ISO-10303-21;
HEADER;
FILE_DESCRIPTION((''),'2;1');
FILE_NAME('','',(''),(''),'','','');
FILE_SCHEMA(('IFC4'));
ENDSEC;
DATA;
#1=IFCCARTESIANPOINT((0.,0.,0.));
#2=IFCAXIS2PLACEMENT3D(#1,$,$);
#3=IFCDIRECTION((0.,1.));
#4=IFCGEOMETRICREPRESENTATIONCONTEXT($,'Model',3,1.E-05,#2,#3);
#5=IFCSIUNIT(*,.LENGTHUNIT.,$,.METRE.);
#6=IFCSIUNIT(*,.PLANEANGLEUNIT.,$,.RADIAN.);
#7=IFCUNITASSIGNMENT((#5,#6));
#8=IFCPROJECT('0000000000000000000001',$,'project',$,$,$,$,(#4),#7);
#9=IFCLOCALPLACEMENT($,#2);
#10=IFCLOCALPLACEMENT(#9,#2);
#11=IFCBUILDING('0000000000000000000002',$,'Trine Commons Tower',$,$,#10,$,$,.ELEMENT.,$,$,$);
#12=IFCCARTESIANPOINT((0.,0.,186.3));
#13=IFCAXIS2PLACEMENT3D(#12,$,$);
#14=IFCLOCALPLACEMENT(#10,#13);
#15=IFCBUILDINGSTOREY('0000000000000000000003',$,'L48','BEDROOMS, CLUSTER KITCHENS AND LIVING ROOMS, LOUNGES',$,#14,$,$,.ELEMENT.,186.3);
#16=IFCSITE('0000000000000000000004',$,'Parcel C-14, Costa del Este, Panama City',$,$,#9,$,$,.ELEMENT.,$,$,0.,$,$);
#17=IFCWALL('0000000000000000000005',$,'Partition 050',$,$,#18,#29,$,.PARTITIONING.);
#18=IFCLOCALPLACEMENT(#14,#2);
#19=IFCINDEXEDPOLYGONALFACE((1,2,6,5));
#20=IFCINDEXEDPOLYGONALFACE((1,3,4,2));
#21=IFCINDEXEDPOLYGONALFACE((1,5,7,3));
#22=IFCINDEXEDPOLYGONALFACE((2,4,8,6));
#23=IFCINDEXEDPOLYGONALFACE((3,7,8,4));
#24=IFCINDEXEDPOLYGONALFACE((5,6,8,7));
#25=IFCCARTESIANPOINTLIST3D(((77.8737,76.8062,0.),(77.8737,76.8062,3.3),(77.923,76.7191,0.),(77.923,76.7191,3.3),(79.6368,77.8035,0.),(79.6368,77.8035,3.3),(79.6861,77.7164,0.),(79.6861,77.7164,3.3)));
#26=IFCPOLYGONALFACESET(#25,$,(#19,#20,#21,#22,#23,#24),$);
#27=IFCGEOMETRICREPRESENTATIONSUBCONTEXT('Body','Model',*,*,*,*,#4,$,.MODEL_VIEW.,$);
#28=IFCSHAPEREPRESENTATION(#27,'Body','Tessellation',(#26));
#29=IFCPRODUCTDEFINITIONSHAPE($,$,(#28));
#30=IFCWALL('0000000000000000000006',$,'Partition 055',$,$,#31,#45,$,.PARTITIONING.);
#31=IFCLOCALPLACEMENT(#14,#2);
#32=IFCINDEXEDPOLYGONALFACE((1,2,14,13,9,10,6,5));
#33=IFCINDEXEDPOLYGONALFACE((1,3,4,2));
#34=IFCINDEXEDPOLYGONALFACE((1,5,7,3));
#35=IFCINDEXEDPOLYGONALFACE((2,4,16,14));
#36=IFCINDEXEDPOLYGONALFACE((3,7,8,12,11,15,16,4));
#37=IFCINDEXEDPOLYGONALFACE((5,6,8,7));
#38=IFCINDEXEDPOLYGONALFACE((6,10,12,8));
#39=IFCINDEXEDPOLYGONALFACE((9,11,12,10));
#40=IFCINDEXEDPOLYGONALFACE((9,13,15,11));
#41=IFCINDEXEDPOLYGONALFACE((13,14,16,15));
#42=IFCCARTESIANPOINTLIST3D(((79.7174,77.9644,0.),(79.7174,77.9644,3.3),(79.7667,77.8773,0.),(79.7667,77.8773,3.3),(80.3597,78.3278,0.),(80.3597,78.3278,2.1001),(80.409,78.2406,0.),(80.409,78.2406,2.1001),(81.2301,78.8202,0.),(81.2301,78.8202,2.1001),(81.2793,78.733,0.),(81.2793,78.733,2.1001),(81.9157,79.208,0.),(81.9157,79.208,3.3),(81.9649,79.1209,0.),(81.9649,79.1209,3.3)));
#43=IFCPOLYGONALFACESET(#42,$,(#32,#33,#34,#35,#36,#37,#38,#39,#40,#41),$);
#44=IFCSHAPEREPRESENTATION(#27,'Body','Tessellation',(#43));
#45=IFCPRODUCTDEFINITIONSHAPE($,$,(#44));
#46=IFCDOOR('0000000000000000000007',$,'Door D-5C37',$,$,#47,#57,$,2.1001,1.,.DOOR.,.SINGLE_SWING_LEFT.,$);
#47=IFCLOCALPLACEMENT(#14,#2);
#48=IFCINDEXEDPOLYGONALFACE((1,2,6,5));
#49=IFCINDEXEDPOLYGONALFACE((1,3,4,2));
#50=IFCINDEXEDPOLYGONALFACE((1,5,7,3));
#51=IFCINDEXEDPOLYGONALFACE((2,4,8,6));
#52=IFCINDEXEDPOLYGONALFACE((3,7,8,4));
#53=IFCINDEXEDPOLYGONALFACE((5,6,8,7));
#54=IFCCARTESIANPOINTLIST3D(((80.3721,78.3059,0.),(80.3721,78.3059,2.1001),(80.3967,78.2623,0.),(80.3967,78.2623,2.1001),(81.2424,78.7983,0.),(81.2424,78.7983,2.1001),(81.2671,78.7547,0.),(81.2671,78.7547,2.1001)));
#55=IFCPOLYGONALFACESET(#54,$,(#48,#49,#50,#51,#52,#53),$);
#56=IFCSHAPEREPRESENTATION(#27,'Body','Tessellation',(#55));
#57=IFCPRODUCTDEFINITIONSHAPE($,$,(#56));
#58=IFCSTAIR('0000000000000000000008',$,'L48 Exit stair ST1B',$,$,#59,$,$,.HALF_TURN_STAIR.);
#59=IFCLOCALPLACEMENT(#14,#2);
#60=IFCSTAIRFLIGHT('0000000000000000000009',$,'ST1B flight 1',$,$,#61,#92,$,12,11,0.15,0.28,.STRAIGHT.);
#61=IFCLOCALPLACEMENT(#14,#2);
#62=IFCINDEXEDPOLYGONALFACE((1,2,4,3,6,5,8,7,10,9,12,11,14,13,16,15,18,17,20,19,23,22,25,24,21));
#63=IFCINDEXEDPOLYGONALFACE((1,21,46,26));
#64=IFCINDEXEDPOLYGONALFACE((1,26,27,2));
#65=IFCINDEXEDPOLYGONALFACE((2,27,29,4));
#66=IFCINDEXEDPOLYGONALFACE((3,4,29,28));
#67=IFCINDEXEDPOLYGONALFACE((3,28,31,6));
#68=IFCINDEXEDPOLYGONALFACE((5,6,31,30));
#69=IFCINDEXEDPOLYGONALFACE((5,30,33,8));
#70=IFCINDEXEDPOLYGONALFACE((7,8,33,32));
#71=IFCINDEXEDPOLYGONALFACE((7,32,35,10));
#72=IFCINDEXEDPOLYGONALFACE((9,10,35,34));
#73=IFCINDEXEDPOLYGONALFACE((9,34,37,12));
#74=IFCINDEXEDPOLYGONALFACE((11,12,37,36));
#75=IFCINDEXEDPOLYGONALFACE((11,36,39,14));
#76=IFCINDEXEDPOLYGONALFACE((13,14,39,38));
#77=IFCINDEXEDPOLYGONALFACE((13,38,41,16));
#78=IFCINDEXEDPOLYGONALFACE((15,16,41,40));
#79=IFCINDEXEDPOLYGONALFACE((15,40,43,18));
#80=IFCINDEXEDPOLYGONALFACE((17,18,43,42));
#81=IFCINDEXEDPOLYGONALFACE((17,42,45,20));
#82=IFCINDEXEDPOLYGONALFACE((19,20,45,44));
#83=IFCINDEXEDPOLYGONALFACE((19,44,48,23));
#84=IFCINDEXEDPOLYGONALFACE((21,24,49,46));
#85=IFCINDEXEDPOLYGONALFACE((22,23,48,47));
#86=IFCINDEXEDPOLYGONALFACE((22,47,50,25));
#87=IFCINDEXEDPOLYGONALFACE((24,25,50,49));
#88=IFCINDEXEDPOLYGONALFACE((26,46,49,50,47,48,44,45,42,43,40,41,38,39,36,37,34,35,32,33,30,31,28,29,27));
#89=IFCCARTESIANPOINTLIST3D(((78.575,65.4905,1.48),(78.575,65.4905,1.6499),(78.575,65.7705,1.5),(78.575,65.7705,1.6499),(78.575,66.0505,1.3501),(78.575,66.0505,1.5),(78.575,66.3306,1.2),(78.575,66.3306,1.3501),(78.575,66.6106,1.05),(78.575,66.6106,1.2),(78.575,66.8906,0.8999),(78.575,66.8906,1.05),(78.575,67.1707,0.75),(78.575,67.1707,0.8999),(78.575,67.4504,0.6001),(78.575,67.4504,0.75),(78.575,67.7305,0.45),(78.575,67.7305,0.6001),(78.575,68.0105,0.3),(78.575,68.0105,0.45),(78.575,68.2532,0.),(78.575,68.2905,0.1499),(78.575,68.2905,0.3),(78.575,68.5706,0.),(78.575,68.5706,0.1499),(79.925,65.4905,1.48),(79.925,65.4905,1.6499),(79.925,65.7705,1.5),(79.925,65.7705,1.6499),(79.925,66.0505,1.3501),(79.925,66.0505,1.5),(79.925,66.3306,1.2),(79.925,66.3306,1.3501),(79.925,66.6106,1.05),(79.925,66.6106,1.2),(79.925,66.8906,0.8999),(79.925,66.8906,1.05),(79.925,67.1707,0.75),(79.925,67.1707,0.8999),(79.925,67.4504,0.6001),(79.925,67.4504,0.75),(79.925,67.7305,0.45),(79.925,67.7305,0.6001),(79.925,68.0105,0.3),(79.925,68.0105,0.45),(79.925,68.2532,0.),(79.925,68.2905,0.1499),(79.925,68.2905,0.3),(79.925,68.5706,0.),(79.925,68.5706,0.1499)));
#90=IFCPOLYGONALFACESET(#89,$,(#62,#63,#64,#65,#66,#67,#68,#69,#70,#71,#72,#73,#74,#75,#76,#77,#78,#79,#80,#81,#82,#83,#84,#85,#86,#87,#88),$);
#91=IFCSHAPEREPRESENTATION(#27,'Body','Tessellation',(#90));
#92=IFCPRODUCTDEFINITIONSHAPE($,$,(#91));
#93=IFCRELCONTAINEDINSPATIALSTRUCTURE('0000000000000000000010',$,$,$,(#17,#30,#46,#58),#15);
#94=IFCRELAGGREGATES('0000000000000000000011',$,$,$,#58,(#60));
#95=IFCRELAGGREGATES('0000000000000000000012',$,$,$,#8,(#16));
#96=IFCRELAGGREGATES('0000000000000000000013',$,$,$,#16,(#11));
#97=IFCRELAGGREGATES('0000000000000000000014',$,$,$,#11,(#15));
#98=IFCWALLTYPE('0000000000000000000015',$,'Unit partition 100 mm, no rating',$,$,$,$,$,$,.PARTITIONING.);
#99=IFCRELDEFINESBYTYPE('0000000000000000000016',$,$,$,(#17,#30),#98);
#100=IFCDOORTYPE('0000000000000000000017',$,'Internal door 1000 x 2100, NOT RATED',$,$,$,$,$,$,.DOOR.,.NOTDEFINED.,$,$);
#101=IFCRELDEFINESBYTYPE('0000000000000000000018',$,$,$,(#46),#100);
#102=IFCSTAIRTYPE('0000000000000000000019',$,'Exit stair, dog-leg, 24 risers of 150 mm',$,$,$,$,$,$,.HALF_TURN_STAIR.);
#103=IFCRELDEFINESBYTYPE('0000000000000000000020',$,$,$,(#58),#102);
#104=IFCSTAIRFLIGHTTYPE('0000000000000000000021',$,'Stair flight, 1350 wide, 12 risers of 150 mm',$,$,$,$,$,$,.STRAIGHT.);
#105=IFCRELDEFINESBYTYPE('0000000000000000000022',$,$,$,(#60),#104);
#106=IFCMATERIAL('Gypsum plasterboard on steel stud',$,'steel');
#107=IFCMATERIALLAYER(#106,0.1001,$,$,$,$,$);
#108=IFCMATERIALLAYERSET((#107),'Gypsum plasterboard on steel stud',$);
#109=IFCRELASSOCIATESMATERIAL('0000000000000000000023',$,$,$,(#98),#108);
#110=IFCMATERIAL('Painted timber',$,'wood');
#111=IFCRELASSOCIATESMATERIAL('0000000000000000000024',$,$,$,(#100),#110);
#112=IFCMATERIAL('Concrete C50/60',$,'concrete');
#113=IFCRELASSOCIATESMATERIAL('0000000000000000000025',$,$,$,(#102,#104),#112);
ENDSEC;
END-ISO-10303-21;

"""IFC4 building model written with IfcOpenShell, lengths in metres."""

from ifc_helpers import new_model, si_unit, direction, frame, frame_2d, origin, place, context, subcontext, project, spatial, polyline, rectangle, outline, extrude, material, layer, layer_set, type_object, element, fill, aggregate, save


model = new_model("IFC4")

# Units and contexts
model_context = context("Model", 3, precision=1e-05, world=origin(), true_north=direction((0.0, 1.0)))
body_context = subcontext(model_context, "Body", "Model", "MODEL_VIEW")
ifc_project = project(units=[si_unit("LENGTHUNIT", "METRE"), si_unit("PLANEANGLEUNIT", "RADIAN")], contexts=[model_context])

# Site, building, storey
site_placement = place(None, origin())
site = spatial("IfcSite", under=ifc_project, at=site_placement, Name="Parcel C-14, Costa del Este, Panama City", CompositionType="ELEMENT", RefElevation=0.0)
building_placement = place(site_placement, origin())
building = spatial("IfcBuilding", under=site, at=building_placement, Name="Trine Commons Tower", CompositionType="ELEMENT")
storey_placement = place(building_placement, frame((0.0, 0.0, 186.3)))
storey = spatial("IfcBuildingStorey", under=building, at=storey_placement, Name="L48", Description="BEDROOMS, CLUSTER KITCHENS AND LIVING ROOMS, LOUNGES", CompositionType="ELEMENT", Elevation=186.3)

# Shared definitions
ifc_material_1 = material(Name="Gypsum plasterboard on steel stud", Category="steel")

# Shared definitions
ifc_layer_1 = layer(ifc_material_1, 0.1001)
ifc_layer_set_1 = layer_set([ifc_layer_1], Name="Gypsum plasterboard on steel stud")
wall_type_1 = type_object("IfcWallType", Name="Unit partition 100 mm, no rating", PredefinedType="PARTITIONING", material=ifc_layer_set_1)
ifc_material_2 = material(Name="Painted timber", Category="wood")

# Wall
wall_1_placement = place(storey_placement, frame((77.8984, 76.7627, 0.0), z_axis=(0.0, 0.0, 1.0), x_axis=(0.870408, 0.492331, 0.0)))
element("IfcWall", 1, at=wall_1_placement, inside=storey, type_object=wall_type_1, Name="Partition 050", PredefinedType="PARTITIONING", context=body_context, shape_type="SweptSolid", body=[
    extrude(rectangle(XDim=2.0256, YDim=0.1001, at=frame_2d((1.0127, 0.0))), origin(), (0.0, 0.0, 1.0), 3.3),
])

# Wall, opening, door
wall_2_placement = place(storey_placement, frame((79.7422, 77.9209, 0.0), z_axis=(0.0, 0.0, 1.0), x_axis=(0.870365, 0.492408, 0.0)))
wall_2 = element("IfcWall", 2, at=wall_2_placement, inside=storey, type_object=wall_type_1, Name="Partition 055", PredefinedType="PARTITIONING", context=body_context, shape_type="SweptSolid", body=[
    extrude(rectangle(XDim=2.5256, YDim=0.1001, at=frame_2d((1.2627, 0.0))), origin(), (0.0, 0.0, 1.0), 3.3),
])
opening_1_placement = place(wall_2_placement, frame((0.7378, 0.0, 0.0)))
opening_1 = element("IfcOpeningElement", 3, at=opening_1_placement, cuts=wall_2, PredefinedType="OPENING", context=body_context, shape_type="SweptSolid", body=[
    extrude(rectangle(XDim=1.0, YDim=2.1001, at=frame_2d((0.5, 1.05))), frame((0.0, 0.0601, 0.0), z_axis=(0.0, -1.0, 0.0), x_axis=(1.0, 0.0, 0.0)), (0.0, 0.0, 1.0), 0.1201),
])
door_type_1 = type_object("IfcDoorType", Name="Internal door 1000 x 2100, NOT RATED", OperationType="NOTDEFINED", PredefinedType="DOOR", material=ifc_material_2)
door_1_placement = place(opening_1_placement, origin())
door_1 = element("IfcDoor", 4, at=door_1_placement, inside=storey, type_object=door_type_1, Name="Door D-5C37", OperationType="SINGLE_SWING_LEFT", OverallHeight=2.1001, OverallWidth=1.0, PredefinedType="DOOR", context=body_context, shape_type="SweptSolid", body=[
    extrude(rectangle(XDim=1.0, YDim=2.1001, at=frame_2d((0.5, 1.05))), frame((0.0, 0.0249, 0.0), z_axis=(0.0, -1.0, 0.0), x_axis=(1.0, 0.0, 0.0)), (0.0, 0.0, 1.0), 0.05),
])
fill(opening_1, door_1)

# Stair, stair flight
ifc_material_3 = material(Name="Concrete C50/60", Category="concrete")
stair_type = type_object("IfcStairType", Name="Exit stair, dog-leg, 24 risers of 150 mm", PredefinedType="HALF_TURN_STAIR", material=ifc_material_3)
stair_placement = place(storey_placement, origin())
stair = element("IfcStair", 5, at=stair_placement, inside=storey, type_object=stair_type, Name="L48 Exit stair ST1B", PredefinedType="HALF_TURN_STAIR")
stair_flight_type = type_object("IfcStairFlightType", Name="Stair flight, 1350 wide, 12 risers of 150 mm", PredefinedType="STRAIGHT", material=ifc_material_3)
stair_flight_placement = place(storey_placement, frame((79.25, 68.5706, 0.0), z_axis=(0.0, 0.0, 1.0), x_axis=(0.0, -1.0, 0.0)))
stair_flight = element("IfcStairFlight", 6, at=stair_flight_placement, type_object=stair_flight_type, Name="ST1B flight 1", NumberOfRisers=12, NumberOfTreads=11, PredefinedType="STRAIGHT", RiserHeight=0.15, TreadLength=0.28, context=body_context, shape_type="SweptSolid", body=[
    extrude(outline(polyline([(0.0, 0.0), (0.0, 0.1499), (0.28, 0.1499), (0.28, 0.3), (0.5601, 0.3), (0.5601, 0.45), (0.8401, 0.45), (0.8401, 0.6001), (1.1201, 0.6001), (1.1201, 0.75), (1.3999, 0.75), (1.3999, 0.8999), (1.6799, 0.8999), (1.6799, 1.05), (1.96, 1.05), (1.96, 1.2), (2.24, 1.2), (2.24, 1.3501), (2.52, 1.3501), (2.52, 1.5), (2.8, 1.5), (2.8, 1.6499), (3.0801, 1.6499), (3.0801, 1.8), (3.0801, 1.48), (0.3174, 0.0), (0.0, 0.0)])), frame((0.0, 0.675, 0.0), z_axis=(0.0, -1.0, 0.0), x_axis=(1.0, 0.0, 0.0)), (0.0, 0.0, 1.0), 1.3501),
])
aggregate(stair, [stair_flight])

save(model, "model.ifc")
